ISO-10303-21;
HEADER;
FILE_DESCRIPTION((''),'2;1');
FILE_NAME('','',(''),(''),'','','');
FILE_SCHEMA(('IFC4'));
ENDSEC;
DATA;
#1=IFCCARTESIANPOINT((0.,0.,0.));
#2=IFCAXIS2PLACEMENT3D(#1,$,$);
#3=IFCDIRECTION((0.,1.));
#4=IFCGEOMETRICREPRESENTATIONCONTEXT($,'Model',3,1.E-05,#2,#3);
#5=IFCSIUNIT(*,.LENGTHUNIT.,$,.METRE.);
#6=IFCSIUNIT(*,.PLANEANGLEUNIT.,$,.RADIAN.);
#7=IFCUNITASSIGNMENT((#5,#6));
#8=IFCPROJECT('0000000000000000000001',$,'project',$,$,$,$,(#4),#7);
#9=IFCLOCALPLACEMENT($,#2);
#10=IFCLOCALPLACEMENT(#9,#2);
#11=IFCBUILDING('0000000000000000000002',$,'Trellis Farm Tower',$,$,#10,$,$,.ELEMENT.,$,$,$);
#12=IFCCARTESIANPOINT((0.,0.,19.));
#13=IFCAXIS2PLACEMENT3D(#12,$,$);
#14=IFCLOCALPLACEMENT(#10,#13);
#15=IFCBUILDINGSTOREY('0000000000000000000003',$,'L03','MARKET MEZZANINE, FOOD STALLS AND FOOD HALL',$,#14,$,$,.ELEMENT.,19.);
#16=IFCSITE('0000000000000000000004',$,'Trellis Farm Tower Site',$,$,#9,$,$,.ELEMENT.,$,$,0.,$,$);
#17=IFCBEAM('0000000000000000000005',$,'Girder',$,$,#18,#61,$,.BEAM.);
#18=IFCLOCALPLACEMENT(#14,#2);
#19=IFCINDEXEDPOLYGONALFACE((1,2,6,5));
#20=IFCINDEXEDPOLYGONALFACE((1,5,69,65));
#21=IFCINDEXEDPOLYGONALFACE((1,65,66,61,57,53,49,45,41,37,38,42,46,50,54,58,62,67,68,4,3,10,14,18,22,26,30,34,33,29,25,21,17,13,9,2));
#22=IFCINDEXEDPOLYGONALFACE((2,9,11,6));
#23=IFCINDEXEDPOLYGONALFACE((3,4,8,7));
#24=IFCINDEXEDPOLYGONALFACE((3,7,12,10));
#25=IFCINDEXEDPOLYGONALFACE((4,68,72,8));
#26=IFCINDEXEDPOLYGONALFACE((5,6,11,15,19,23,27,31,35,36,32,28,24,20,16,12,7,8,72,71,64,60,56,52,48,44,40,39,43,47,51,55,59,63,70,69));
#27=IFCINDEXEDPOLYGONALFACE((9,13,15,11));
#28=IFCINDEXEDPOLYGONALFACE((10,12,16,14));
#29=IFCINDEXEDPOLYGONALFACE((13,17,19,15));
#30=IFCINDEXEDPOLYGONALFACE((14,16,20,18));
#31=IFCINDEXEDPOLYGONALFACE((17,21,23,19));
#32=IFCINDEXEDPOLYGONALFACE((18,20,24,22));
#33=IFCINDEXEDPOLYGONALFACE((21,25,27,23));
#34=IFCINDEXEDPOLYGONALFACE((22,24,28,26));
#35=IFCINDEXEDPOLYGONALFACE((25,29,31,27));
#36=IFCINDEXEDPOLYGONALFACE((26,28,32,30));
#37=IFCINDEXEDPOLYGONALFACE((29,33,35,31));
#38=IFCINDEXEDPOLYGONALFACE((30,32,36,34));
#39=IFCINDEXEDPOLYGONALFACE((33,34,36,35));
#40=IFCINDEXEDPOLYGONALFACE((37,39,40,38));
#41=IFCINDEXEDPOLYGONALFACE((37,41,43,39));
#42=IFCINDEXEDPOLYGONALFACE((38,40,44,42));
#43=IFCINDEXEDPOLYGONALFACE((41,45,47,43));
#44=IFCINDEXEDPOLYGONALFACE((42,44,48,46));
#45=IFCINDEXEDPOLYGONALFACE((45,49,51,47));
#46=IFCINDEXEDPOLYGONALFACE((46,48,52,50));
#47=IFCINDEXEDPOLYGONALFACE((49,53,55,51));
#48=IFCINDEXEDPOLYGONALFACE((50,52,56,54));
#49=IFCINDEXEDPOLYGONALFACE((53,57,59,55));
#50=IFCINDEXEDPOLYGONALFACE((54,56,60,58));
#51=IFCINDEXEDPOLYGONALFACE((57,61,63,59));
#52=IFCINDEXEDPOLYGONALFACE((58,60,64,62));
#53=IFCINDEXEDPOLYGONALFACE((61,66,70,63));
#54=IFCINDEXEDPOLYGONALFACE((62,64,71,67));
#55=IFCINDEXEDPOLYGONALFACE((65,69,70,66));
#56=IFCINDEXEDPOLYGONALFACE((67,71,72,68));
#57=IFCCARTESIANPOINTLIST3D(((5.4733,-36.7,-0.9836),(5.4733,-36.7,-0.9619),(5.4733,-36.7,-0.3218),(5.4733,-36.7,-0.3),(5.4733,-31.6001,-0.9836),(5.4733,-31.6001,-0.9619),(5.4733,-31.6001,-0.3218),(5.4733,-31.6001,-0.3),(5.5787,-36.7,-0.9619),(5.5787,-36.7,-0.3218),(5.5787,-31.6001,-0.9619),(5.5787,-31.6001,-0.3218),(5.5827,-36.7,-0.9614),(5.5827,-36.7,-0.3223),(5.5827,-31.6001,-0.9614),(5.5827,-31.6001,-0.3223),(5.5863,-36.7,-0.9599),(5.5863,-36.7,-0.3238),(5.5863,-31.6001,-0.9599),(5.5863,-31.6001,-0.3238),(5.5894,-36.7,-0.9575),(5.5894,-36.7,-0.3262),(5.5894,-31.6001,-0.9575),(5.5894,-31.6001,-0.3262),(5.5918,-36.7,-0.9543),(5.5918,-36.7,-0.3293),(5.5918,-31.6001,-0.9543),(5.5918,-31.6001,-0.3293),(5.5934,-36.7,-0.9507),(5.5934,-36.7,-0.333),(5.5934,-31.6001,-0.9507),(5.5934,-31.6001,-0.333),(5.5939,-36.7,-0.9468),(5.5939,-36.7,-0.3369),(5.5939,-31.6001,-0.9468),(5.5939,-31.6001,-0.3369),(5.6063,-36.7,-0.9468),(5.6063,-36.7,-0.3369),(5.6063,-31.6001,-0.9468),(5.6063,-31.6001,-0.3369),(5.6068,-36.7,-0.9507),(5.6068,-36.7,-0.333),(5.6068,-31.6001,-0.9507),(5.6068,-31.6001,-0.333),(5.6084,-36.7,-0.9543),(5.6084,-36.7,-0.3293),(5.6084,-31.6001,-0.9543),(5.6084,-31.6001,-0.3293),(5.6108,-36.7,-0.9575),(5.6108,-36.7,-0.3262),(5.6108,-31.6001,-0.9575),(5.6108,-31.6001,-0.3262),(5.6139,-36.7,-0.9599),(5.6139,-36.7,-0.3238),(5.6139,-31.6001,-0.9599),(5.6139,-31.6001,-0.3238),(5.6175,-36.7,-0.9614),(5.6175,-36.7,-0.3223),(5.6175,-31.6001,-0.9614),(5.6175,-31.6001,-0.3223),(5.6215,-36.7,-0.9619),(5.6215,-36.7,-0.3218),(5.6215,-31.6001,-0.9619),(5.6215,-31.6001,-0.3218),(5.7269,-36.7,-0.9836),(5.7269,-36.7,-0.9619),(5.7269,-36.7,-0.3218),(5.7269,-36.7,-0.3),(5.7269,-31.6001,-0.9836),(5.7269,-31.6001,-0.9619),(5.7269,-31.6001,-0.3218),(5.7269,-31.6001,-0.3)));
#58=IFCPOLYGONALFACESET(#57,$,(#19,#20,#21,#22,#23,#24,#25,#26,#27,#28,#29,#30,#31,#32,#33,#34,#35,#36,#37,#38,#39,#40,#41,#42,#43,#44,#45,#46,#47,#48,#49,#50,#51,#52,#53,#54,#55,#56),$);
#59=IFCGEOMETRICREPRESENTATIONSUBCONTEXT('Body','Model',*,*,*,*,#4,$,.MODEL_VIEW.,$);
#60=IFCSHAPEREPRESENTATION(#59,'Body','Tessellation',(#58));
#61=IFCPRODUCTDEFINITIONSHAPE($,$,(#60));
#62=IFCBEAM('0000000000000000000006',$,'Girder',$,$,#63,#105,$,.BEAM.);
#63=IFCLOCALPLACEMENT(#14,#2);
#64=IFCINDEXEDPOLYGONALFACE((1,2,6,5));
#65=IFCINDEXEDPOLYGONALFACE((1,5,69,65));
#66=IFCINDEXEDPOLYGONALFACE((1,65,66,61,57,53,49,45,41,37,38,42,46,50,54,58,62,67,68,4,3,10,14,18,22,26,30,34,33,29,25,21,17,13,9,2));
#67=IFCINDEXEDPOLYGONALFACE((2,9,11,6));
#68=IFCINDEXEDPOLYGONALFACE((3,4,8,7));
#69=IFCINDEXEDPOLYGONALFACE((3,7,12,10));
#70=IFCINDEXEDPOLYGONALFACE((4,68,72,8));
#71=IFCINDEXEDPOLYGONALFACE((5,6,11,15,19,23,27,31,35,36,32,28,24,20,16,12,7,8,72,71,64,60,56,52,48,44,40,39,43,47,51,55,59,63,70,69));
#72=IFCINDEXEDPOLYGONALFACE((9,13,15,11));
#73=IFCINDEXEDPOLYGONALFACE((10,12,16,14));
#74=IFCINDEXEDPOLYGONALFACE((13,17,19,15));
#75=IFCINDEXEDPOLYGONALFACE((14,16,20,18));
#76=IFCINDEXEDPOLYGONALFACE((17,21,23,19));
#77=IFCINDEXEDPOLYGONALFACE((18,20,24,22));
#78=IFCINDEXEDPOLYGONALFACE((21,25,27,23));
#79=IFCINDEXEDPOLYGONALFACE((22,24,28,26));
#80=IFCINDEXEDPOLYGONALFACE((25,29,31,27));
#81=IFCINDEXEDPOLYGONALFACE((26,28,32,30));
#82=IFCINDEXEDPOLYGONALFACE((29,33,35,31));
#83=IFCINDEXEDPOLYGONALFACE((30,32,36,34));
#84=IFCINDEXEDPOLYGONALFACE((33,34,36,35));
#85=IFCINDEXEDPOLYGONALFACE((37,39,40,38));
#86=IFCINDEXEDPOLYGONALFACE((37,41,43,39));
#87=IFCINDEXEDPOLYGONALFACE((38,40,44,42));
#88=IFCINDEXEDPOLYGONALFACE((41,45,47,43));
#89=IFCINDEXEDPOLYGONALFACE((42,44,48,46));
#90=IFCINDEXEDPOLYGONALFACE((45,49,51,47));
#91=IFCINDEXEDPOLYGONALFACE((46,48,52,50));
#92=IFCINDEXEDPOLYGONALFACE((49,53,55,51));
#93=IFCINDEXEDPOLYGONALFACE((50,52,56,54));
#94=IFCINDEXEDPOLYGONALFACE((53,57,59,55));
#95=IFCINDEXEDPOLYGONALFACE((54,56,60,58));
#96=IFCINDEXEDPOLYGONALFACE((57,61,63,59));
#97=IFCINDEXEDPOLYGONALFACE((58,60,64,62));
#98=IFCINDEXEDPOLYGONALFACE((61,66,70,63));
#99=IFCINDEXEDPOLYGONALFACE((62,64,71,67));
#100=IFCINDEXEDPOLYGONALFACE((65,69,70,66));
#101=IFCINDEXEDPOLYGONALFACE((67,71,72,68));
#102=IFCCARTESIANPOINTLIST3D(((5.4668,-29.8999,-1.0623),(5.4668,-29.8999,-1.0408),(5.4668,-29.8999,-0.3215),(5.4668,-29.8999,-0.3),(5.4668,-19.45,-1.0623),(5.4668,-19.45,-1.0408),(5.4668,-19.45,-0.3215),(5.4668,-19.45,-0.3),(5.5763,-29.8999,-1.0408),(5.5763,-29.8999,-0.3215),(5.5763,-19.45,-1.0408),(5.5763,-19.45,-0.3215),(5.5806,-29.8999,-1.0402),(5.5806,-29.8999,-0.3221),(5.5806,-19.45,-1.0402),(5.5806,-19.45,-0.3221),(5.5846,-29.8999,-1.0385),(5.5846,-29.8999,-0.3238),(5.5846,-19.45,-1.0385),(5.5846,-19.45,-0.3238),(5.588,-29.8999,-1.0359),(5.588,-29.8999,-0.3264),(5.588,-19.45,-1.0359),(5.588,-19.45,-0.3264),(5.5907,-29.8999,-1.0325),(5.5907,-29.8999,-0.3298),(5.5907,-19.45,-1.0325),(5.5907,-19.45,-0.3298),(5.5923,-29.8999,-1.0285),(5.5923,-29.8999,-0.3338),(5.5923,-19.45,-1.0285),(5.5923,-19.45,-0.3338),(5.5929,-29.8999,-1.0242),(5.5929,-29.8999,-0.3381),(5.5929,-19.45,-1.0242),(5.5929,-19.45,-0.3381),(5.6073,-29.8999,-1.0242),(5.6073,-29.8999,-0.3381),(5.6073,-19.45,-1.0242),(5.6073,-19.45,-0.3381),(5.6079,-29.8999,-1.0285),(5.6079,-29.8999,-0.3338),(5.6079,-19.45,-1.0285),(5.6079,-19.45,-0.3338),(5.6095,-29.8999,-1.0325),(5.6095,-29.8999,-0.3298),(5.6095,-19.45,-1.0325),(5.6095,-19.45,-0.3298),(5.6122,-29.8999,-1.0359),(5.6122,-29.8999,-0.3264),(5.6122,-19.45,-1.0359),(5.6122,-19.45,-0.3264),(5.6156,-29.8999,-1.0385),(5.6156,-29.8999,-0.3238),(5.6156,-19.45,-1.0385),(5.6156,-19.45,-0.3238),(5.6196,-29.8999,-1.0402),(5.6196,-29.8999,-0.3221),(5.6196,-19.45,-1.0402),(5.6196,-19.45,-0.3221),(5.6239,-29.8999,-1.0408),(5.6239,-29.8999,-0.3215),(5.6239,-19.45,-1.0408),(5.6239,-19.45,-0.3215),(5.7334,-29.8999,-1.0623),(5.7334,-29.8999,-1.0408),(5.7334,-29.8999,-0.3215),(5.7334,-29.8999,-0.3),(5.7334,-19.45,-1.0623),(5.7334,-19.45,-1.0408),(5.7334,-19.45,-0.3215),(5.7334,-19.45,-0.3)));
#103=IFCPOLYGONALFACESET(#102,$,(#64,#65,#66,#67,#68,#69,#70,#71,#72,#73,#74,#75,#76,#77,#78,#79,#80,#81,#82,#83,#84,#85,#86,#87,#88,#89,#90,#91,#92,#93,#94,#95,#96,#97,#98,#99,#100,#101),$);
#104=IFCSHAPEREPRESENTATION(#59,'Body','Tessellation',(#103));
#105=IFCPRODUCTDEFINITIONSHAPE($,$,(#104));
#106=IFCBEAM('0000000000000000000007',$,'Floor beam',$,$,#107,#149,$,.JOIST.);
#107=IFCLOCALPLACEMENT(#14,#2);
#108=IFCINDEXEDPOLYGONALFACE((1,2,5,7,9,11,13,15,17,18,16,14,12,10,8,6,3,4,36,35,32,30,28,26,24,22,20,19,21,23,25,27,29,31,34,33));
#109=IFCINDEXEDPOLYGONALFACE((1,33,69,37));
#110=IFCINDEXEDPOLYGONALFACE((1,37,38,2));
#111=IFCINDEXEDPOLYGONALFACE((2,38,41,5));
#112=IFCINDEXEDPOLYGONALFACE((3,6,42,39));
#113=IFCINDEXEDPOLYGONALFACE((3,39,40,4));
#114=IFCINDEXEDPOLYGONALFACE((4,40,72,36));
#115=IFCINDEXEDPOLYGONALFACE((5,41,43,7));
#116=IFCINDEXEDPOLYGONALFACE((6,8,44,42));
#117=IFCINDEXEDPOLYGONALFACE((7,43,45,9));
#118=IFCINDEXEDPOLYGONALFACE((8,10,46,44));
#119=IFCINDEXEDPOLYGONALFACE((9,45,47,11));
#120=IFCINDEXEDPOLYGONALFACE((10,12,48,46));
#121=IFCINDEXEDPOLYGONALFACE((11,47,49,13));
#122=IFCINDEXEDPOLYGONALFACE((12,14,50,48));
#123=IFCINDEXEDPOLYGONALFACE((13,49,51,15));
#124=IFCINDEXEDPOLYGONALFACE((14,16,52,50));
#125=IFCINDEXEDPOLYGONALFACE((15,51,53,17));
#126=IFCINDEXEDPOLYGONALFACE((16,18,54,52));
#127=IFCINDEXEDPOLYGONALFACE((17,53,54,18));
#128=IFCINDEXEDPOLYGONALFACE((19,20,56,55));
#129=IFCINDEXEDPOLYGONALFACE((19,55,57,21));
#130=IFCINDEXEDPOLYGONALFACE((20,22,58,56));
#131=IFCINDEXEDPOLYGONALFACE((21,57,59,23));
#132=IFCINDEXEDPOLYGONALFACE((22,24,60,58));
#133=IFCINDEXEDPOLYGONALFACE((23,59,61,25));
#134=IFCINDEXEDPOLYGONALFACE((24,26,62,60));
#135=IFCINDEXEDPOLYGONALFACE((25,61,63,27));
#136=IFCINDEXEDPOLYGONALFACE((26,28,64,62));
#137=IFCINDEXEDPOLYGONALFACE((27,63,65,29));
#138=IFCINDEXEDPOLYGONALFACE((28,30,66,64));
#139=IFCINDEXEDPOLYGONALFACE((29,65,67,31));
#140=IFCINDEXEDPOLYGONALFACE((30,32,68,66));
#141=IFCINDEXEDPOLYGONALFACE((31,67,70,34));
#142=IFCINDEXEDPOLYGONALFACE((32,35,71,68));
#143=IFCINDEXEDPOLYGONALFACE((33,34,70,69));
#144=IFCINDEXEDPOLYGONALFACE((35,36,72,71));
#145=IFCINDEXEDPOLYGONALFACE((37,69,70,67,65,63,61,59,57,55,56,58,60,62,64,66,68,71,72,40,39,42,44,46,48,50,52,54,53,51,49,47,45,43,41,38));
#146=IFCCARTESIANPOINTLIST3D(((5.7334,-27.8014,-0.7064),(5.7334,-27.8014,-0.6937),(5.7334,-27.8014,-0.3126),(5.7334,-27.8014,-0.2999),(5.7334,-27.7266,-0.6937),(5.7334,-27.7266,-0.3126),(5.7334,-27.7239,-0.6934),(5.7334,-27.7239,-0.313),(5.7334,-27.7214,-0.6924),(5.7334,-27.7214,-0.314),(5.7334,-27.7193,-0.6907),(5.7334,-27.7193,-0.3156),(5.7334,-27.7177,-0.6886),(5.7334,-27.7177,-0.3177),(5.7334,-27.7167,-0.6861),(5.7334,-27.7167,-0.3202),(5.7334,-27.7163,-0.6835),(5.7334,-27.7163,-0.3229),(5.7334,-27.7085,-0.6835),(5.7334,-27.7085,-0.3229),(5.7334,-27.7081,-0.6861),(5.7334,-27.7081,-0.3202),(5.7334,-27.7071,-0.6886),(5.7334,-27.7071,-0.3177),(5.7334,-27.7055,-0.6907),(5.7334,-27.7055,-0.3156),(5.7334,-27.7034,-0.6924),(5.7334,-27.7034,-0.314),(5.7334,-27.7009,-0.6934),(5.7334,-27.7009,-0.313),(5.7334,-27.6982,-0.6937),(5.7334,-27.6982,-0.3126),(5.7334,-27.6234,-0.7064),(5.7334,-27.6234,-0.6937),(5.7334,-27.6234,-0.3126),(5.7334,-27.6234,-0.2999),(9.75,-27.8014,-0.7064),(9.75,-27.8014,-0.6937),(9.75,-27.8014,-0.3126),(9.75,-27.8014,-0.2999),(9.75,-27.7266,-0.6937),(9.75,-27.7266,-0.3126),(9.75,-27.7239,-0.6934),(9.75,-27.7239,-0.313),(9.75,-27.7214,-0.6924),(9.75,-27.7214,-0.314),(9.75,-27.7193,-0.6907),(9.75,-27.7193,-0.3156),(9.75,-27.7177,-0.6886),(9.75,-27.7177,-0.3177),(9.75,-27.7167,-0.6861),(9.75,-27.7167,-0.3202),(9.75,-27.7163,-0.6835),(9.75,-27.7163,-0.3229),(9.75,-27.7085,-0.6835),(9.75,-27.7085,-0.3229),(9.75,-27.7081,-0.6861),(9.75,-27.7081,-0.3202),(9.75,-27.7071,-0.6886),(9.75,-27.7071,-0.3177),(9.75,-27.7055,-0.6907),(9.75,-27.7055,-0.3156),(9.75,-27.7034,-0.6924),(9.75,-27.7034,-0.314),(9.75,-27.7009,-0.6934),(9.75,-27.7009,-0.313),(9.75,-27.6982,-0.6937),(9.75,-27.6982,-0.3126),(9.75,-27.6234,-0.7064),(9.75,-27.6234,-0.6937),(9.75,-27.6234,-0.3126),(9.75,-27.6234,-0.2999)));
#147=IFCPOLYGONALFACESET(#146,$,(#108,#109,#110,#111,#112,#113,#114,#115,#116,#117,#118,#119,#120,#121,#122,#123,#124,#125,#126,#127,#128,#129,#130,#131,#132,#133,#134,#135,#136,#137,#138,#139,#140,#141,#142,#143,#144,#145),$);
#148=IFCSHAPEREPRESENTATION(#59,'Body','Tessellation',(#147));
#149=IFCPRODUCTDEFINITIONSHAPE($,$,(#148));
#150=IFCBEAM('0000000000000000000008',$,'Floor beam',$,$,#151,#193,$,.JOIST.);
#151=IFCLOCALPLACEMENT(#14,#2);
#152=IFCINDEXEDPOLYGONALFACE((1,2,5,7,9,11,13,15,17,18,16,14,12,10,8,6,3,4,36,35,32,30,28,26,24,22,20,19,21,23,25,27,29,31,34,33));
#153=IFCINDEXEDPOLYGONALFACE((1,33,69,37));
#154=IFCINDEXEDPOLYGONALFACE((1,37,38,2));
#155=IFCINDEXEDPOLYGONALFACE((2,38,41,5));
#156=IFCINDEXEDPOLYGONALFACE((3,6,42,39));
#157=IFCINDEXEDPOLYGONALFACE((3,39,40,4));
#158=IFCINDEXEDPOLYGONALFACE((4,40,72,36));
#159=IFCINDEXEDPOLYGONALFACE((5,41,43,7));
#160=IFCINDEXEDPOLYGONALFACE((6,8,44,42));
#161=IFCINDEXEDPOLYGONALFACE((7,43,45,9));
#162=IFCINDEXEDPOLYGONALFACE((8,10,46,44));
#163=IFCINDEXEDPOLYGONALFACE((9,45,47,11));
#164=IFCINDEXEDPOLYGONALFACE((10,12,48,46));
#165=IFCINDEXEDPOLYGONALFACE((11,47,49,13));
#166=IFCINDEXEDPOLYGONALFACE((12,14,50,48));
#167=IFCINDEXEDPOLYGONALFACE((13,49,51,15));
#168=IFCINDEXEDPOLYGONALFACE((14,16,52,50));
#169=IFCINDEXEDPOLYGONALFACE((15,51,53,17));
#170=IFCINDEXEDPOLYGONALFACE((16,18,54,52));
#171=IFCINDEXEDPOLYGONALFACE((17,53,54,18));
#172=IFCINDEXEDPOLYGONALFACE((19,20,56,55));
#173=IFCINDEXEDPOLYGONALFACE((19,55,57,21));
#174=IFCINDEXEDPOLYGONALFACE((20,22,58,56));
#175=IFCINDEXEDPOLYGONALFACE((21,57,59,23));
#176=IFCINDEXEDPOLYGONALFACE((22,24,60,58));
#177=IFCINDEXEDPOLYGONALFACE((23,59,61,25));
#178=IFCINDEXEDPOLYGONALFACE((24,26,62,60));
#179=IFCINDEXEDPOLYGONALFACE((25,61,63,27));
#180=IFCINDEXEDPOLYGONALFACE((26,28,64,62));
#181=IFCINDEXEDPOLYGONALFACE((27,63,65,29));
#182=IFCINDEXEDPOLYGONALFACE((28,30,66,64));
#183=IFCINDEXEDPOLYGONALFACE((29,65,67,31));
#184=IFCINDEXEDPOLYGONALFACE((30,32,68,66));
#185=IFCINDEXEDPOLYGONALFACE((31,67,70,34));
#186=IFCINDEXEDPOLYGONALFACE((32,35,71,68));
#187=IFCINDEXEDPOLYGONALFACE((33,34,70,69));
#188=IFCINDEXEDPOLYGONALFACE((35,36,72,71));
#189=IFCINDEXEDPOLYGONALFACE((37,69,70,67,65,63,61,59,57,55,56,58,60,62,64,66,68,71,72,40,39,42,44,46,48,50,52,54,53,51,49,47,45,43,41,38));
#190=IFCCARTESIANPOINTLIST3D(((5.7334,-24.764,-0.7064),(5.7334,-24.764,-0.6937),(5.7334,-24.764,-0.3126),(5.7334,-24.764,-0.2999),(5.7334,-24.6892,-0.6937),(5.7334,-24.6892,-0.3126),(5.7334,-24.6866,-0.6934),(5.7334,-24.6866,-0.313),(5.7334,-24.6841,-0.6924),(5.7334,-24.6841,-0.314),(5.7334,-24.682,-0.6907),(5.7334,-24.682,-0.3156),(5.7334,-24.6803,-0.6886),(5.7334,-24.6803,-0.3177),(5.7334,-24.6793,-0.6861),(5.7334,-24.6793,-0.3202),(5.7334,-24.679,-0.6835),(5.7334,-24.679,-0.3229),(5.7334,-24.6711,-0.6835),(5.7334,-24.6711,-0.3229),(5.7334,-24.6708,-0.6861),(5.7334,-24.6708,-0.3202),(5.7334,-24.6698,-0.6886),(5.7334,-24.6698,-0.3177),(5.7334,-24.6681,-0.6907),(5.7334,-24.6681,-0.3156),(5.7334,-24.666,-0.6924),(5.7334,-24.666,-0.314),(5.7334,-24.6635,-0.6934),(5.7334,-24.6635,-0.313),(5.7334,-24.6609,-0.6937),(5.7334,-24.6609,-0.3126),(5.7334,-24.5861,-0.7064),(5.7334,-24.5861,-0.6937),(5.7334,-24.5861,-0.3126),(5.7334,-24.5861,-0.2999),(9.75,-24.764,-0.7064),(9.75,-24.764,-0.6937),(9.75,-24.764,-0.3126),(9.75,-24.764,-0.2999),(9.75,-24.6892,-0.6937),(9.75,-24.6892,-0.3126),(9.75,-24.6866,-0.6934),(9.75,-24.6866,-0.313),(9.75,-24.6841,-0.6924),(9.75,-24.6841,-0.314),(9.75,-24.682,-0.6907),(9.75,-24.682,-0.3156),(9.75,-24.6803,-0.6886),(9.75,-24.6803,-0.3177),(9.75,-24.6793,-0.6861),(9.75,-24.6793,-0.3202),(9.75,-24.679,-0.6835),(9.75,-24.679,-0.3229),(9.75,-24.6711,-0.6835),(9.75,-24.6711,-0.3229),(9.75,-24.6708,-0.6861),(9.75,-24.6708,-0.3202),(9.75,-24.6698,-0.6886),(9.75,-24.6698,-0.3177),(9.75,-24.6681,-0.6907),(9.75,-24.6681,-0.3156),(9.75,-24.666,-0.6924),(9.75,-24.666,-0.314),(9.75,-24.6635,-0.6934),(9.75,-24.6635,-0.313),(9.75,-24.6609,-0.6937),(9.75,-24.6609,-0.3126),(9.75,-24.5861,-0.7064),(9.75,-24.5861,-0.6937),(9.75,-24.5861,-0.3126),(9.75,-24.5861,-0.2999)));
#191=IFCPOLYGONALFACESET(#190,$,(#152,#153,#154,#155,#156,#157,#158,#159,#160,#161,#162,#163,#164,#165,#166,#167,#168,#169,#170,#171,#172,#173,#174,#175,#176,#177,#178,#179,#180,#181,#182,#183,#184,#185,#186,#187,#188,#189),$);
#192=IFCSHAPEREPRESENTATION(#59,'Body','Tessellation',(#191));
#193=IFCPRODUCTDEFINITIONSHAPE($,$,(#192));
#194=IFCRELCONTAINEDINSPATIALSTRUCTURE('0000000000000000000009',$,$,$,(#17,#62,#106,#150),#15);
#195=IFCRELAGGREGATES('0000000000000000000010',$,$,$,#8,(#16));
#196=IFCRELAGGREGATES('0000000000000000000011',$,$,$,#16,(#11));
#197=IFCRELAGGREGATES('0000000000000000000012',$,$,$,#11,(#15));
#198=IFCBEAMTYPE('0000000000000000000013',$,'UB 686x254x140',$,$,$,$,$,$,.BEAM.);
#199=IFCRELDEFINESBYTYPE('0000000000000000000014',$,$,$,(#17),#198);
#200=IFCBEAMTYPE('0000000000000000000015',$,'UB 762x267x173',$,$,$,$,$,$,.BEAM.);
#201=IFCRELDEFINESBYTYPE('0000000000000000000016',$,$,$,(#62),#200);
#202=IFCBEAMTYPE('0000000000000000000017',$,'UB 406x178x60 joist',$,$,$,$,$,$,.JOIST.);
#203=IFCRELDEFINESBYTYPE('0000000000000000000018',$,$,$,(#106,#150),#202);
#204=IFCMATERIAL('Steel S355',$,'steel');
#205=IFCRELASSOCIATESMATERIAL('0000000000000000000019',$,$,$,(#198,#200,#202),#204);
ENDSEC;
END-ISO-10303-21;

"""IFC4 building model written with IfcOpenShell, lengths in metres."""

from ifc_helpers import new_model, si_unit, direction, frame, origin, origin_2d, place, context, subcontext, project, spatial, i_section, extrude, source, transform, mapped, material, material_profile, profile_set, type_object, element, save


model = new_model("IFC4")

# Units and contexts
model_context = context("Model", 3, precision=1e-05, world=origin(), true_north=direction((0.0, 1.0)))
body_context = subcontext(model_context, "Body", "Model", "MODEL_VIEW")
ifc_project = project(units=[si_unit("LENGTHUNIT", "METRE"), si_unit("PLANEANGLEUNIT", "RADIAN")], contexts=[model_context])

# Site, building, storey
site_placement = place(None, origin())
site = spatial("IfcSite", under=ifc_project, at=site_placement, Name="Trellis Farm Tower Site", CompositionType="ELEMENT", RefElevation=0.0)
building_placement = place(site_placement, origin())
building = spatial("IfcBuilding", under=site, at=building_placement, Name="Trellis Farm Tower", CompositionType="ELEMENT")
storey_placement = place(building_placement, frame((0.0, 0.0, 19.0)))
storey = spatial("IfcBuildingStorey", under=building, at=storey_placement, Name="L03", Description="MARKET MEZZANINE, FOOD STALLS AND FOOD HALL", CompositionType="ELEMENT", Elevation=19.0)

# Beams
ifc_material_1 = material(Name="Steel S355", Category="steel")
ifc_material_profile_1 = material_profile(ifc_material_1, i_section(OverallWidth=0.2537, OverallDepth=0.6836, WebThickness=0.0125, FlangeThickness=0.0217, FilletRadius=0.0151, at=origin_2d()), Name="UB 686x254x140")
ifc_profile_set_1 = profile_set([ifc_material_profile_1], Name="Steel S355")
beam_type_1 = type_object("IfcBeamType", Name="UB 686x254x140", PredefinedType="BEAM", material=ifc_profile_set_1)
shared_shape_1 = source(origin(), body_context, "Body", "SweptSolid", [
    extrude(i_section(OverallWidth=0.2537, OverallDepth=0.6836, WebThickness=0.0125, FlangeThickness=0.0217, FilletRadius=0.0151, at=origin_2d()), origin(), (0.0, 0.0, 1.0), 5.0999),
])
beam_1_placement = place(storey_placement, frame((5.6001, -36.7, -0.6418), z_axis=(0.0, 1.0, 0.0), x_axis=(-1.0, 0.0, 0.0)))
element("IfcBeam", 1, at=beam_1_placement, inside=storey, type_object=beam_type_1, Name="Girder", PredefinedType="BEAM", context=body_context, shape_type="MappedRepresentation", body=[
    mapped(shared_shape_1, transform((0.0, 0.0, 0.0))),
])
ifc_material_profile_2 = material_profile(ifc_material_1, i_section(OverallWidth=0.2666, OverallDepth=0.7622, WebThickness=0.0144, FlangeThickness=0.0215, FilletRadius=0.0166, at=origin_2d()), Name="UB 762x267x173")
ifc_profile_set_2 = profile_set([ifc_material_profile_2], Name="Steel S355")
beam_type_2 = type_object("IfcBeamType", Name="UB 762x267x173", PredefinedType="BEAM", material=ifc_profile_set_2)
shared_shape_2 = source(origin(), body_context, "Body", "SweptSolid", [
    extrude(i_section(OverallWidth=0.2666, OverallDepth=0.7622, WebThickness=0.0144, FlangeThickness=0.0215, FilletRadius=0.0166, at=origin_2d()), origin(), (0.0, 0.0, 1.0), 10.45),
])
beam_2_placement = place(storey_placement, frame((5.6001, -29.8999, -0.6812), z_axis=(0.0, 1.0, 0.0), x_axis=(-1.0, 0.0, 0.0)))
element("IfcBeam", 2, at=beam_2_placement, inside=storey, type_object=beam_type_2, Name="Girder", PredefinedType="BEAM", context=body_context, shape_type="MappedRepresentation", body=[
    mapped(shared_shape_2, transform((0.0, 0.0, 0.0))),
])
ifc_material_profile_3 = material_profile(ifc_material_1, i_section(OverallWidth=0.178, OverallDepth=0.4065, WebThickness=0.0078, FlangeThickness=0.0127, FilletRadius=0.0103, at=origin_2d()), Name="UB 406x178x60")
ifc_profile_set_3 = profile_set([ifc_material_profile_3], Name="Steel S355")
beam_type_3 = type_object("IfcBeamType", Name="UB 406x178x60 joist", PredefinedType="JOIST", material=ifc_profile_set_3)
shared_shape_3 = source(origin(), body_context, "Body", "SweptSolid", [
    extrude(i_section(OverallWidth=0.178, OverallDepth=0.4065, WebThickness=0.0078, FlangeThickness=0.0127, FilletRadius=0.0103, at=origin_2d()), origin(), (0.0, 0.0, 1.0), 4.0166),
])
for number, where, z_axis, x_axis, name in (
    (3, (5.7334, -27.7124, -0.5032), (1.0, 0.0, 0.0), (0.0, 1.0, 0.0), "Floor beam"),
    (4, (5.7334, -24.675, -0.5032), (1.0, 0.0, 0.0), (0.0, 1.0, 0.0), "Floor beam"),
):
    element("IfcBeam", number, at=place(storey_placement, frame(where, z_axis=z_axis, x_axis=x_axis)), inside=storey, type_object=beam_type_3, Name=name, PredefinedType="JOIST", context=body_context, shape_type="MappedRepresentation", body=[
        mapped(shared_shape_3, transform((0.0, 0.0, 0.0))),
    ])

save(model, "model.ifc")
